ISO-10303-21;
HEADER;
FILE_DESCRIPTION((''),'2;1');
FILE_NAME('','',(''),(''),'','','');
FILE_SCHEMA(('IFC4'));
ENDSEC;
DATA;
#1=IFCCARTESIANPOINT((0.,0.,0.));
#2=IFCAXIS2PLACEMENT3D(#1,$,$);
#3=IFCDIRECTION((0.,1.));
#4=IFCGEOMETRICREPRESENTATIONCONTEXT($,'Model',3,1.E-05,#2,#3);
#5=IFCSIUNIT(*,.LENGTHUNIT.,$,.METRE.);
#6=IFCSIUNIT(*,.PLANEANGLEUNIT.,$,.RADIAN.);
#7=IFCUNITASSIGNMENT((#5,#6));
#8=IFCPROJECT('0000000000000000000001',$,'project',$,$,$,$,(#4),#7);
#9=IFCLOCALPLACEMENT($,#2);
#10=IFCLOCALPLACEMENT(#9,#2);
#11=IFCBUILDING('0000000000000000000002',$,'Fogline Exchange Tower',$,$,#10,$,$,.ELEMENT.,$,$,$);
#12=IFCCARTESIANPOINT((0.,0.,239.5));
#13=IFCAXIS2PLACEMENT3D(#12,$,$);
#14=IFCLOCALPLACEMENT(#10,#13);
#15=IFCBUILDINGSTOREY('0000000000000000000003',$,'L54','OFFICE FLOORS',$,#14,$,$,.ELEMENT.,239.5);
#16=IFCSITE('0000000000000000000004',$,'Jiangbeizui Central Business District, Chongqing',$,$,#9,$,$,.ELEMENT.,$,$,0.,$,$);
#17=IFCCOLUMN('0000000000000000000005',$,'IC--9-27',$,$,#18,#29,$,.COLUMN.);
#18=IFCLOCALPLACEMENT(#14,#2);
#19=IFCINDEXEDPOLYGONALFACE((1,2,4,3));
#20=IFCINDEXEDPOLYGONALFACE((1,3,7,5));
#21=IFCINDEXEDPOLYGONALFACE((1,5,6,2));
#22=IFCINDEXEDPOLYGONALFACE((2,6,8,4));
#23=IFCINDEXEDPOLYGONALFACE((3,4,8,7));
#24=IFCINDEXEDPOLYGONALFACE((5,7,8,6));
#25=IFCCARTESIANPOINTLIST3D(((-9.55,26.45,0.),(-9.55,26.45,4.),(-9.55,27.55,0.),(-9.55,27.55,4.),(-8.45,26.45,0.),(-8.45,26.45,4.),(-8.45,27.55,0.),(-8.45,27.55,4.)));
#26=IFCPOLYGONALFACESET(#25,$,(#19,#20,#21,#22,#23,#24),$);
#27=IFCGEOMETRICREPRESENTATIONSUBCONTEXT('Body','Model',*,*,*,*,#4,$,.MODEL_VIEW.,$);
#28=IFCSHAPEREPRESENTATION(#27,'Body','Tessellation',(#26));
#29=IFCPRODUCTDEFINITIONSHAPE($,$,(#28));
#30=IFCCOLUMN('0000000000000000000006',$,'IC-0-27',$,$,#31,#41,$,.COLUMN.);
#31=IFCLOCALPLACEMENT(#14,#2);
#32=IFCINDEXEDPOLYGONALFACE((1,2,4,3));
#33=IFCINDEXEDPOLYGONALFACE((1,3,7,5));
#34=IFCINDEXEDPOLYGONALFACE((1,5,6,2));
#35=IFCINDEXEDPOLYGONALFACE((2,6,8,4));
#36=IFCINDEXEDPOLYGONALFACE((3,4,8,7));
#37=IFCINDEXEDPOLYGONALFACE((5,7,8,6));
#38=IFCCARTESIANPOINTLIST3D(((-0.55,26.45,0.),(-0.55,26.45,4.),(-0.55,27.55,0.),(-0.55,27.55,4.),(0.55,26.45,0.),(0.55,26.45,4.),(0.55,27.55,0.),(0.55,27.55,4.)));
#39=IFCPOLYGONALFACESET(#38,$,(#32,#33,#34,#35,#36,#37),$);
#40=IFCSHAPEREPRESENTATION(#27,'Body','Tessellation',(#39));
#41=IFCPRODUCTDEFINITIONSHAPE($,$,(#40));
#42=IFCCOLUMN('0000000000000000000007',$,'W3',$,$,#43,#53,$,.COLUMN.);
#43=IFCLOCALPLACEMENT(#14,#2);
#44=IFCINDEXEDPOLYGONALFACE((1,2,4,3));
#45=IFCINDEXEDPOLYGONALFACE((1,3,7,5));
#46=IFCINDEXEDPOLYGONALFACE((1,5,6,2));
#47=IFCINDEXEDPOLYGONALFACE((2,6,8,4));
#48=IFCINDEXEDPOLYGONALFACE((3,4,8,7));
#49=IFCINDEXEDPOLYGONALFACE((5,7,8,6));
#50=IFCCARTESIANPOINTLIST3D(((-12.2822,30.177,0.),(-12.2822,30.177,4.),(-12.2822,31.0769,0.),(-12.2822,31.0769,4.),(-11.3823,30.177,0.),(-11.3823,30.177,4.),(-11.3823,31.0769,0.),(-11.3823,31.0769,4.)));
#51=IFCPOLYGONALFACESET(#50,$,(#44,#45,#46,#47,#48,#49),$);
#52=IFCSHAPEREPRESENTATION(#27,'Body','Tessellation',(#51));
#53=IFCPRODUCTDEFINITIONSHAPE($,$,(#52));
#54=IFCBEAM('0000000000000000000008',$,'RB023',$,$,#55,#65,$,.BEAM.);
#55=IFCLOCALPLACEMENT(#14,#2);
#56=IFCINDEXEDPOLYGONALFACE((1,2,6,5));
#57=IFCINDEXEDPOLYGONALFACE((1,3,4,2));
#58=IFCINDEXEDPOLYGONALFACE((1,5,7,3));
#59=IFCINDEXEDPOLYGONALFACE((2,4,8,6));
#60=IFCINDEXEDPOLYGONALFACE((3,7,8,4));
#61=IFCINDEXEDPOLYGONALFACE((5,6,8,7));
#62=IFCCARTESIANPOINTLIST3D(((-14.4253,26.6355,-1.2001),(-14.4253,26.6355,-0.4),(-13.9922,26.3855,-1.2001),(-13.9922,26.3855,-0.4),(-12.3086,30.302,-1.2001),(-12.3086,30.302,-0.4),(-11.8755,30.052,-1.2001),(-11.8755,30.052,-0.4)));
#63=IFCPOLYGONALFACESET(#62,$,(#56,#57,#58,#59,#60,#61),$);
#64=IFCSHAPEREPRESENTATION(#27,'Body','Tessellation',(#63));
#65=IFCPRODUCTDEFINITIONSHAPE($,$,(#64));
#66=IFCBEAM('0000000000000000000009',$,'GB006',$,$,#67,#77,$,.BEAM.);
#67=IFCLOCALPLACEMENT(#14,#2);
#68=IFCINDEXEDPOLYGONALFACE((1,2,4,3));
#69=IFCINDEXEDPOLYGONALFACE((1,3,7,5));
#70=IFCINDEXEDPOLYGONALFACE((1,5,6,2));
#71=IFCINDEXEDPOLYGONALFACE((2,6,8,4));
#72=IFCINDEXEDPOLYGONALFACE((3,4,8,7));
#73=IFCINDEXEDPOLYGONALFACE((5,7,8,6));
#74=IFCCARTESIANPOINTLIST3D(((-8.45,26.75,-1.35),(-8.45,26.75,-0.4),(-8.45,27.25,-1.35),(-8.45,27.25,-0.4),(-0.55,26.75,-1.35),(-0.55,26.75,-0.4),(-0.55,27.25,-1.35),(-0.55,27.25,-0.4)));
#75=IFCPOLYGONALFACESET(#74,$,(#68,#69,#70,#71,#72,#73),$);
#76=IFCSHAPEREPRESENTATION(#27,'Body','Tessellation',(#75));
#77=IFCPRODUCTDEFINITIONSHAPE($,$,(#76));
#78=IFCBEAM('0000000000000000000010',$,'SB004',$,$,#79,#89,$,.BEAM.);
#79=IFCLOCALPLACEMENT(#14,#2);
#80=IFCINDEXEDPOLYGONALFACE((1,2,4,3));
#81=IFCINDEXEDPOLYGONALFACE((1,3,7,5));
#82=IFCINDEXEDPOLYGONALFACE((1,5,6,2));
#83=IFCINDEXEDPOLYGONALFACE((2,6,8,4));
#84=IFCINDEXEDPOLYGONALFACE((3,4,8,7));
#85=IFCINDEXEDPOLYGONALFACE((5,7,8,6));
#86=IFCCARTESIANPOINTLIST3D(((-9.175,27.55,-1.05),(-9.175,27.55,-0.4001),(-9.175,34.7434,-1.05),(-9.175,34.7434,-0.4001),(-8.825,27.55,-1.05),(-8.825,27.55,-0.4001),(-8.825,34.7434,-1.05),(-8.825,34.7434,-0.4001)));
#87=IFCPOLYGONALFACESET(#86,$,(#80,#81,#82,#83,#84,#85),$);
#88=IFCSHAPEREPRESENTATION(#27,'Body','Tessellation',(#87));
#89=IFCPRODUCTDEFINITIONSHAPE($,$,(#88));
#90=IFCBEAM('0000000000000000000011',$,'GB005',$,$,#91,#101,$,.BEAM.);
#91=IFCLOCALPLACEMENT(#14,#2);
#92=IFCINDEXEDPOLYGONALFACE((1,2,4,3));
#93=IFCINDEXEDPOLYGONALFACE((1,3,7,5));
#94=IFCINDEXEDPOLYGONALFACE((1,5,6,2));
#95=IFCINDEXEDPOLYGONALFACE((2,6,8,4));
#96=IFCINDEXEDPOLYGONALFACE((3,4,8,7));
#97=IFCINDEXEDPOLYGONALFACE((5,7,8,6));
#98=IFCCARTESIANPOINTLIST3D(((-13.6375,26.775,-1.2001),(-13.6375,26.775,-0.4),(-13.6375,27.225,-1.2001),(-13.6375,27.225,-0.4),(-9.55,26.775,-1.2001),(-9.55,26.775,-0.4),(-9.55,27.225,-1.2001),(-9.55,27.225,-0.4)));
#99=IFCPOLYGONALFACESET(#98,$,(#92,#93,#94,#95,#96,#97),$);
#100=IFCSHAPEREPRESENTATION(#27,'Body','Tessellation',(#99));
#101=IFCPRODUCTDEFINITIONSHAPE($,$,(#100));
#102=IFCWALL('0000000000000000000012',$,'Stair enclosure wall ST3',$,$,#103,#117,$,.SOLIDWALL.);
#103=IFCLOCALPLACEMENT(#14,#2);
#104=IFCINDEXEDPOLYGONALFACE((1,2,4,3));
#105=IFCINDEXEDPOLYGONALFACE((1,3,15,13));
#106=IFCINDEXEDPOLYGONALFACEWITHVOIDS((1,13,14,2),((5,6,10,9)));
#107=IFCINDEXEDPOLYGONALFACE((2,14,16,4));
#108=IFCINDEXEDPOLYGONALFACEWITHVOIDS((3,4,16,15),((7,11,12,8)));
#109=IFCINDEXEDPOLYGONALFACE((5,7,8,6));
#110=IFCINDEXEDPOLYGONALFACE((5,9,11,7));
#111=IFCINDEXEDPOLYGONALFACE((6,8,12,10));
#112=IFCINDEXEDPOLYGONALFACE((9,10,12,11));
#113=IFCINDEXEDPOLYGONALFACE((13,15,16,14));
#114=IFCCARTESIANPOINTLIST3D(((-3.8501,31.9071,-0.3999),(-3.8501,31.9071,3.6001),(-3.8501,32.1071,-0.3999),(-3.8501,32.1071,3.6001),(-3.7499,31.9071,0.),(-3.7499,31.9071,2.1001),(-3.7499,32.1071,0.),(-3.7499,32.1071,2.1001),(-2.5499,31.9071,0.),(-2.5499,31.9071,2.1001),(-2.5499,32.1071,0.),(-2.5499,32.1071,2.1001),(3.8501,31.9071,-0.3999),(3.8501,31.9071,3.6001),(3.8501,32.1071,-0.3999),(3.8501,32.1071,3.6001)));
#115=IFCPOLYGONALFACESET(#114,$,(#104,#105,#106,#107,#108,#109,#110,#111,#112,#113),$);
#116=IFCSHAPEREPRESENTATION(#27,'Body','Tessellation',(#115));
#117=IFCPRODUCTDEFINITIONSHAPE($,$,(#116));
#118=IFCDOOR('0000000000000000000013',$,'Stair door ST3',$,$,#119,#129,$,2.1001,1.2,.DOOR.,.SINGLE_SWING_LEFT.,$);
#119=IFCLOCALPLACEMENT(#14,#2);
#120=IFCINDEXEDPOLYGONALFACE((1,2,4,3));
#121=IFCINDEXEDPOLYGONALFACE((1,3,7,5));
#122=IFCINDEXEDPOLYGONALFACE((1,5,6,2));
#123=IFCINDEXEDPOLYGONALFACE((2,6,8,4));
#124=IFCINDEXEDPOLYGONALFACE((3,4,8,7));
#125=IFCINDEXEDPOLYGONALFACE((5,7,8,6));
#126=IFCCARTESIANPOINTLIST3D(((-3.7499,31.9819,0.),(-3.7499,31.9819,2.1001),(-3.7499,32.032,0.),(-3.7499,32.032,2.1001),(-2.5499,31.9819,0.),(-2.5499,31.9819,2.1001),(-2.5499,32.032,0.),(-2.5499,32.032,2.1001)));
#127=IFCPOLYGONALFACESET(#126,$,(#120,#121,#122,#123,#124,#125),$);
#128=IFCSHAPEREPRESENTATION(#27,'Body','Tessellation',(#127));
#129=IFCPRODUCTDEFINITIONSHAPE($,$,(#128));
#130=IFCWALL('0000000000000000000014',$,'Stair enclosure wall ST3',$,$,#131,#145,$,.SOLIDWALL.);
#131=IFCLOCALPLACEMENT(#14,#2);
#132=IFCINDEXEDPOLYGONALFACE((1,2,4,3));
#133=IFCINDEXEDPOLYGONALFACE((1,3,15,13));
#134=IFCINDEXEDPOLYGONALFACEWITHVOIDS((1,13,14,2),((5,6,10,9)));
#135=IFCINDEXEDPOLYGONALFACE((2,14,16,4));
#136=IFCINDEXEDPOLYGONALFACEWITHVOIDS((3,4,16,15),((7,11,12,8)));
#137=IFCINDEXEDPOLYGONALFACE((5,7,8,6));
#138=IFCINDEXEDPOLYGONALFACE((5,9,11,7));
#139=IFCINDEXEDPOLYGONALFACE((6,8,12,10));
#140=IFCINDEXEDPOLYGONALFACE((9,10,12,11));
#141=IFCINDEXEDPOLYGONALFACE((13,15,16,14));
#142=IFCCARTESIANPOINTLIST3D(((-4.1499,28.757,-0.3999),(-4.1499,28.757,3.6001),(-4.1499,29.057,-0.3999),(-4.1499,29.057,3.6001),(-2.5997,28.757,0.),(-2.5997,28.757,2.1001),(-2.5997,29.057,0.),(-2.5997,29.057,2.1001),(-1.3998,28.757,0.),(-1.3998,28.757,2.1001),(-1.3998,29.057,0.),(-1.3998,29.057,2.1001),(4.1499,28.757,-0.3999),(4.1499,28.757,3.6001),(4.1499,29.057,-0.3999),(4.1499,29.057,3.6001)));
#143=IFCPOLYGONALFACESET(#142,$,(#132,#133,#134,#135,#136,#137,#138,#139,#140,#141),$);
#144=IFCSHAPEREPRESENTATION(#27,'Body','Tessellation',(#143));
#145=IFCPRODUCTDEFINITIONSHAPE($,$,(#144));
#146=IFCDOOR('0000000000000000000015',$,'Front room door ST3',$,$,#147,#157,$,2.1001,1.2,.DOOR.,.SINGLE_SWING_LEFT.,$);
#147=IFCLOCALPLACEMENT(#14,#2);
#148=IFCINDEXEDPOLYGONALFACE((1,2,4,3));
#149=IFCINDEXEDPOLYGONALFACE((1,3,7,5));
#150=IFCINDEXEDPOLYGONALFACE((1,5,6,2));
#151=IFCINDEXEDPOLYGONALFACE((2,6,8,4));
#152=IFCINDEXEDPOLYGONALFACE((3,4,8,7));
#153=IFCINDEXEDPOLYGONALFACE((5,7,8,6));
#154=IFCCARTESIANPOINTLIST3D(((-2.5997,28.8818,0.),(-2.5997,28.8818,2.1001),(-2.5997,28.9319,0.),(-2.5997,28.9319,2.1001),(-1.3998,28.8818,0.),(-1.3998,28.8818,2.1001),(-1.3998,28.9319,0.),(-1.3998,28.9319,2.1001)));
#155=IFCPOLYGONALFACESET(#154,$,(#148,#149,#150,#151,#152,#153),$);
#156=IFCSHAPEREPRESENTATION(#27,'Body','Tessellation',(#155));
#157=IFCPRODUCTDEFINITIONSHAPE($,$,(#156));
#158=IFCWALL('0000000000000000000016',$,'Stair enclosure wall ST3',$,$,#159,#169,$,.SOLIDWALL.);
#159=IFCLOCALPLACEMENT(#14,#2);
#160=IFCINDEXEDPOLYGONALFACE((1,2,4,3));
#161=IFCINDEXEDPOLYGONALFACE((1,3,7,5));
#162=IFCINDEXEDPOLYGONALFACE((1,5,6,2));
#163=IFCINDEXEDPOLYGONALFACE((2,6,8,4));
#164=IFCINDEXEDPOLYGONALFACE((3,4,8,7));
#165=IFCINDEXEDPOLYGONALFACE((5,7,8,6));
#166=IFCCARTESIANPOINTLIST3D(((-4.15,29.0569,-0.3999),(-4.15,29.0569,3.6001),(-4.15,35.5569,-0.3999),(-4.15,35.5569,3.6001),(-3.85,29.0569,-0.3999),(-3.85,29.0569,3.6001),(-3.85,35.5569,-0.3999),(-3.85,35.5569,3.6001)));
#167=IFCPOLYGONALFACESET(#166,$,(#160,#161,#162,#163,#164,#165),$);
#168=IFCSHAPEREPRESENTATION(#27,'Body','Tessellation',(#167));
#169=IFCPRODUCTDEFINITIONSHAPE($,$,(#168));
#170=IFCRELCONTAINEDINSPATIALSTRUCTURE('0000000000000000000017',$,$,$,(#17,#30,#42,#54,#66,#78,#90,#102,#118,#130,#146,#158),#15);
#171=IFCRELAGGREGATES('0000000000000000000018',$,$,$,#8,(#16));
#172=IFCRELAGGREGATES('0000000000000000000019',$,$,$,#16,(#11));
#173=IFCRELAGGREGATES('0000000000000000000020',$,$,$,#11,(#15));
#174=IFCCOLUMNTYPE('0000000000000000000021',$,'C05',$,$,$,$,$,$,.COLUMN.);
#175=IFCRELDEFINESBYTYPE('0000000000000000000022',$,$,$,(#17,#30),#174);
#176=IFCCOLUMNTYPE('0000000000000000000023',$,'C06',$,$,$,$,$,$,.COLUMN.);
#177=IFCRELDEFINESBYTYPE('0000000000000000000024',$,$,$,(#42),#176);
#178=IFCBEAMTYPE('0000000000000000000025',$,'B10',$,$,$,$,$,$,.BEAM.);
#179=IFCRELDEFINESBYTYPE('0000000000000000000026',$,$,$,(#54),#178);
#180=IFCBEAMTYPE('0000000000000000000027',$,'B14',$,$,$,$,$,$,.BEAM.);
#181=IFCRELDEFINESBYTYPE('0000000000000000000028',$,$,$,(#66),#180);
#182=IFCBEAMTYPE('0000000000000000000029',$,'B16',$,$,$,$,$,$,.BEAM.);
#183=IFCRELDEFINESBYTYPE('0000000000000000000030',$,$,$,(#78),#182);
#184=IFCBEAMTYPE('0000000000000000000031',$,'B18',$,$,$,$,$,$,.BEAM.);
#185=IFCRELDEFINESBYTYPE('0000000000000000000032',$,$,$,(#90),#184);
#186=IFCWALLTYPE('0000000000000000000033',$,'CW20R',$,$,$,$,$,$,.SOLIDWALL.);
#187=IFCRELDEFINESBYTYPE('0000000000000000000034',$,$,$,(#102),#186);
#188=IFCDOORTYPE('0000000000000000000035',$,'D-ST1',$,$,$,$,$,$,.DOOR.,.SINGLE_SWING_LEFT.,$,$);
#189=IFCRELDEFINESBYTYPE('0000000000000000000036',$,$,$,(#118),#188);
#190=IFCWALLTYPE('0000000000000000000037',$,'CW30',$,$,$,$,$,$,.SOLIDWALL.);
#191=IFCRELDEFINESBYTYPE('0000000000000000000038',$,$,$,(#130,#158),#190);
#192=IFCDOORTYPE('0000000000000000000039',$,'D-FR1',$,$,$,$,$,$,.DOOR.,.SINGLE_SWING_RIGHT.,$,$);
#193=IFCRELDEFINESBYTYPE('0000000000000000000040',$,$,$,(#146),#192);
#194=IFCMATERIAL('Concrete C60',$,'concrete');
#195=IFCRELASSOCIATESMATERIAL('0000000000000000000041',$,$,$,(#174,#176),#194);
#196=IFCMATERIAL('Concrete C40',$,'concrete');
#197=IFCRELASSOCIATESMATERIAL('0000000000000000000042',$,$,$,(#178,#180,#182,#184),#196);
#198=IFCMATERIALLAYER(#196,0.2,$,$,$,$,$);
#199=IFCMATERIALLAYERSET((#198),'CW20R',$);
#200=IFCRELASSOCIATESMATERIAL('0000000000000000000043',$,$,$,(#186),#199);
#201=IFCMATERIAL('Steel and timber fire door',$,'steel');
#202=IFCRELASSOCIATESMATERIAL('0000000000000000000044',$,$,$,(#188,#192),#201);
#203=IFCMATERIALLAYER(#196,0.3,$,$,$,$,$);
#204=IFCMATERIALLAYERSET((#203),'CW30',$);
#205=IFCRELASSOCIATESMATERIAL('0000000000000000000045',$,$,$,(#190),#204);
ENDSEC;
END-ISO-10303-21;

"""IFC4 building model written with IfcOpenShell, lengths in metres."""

from ifc_helpers import new_model, si_unit, direction, frame, frame_2d, origin, origin_2d, place, context, subcontext, project, spatial, rectangle, extrude, material, layer, layer_set, material_profile, profile_set, type_object, element, fill, save


model = new_model("IFC4")

# Units and contexts
model_context = context("Model", 3, precision=1e-05, world=origin(), true_north=direction((0.0, 1.0)))
body_context = subcontext(model_context, "Body", "Model", "MODEL_VIEW")
ifc_project = project(units=[si_unit("LENGTHUNIT", "METRE"), si_unit("PLANEANGLEUNIT", "RADIAN")], contexts=[model_context])

# Site, building, storey
site_placement = place(None, origin())
site = spatial("IfcSite", under=ifc_project, at=site_placement, Name="Jiangbeizui Central Business District, Chongqing", CompositionType="ELEMENT", RefElevation=0.0)
building_placement = place(site_placement, origin())
building = spatial("IfcBuilding", under=site, at=building_placement, Name="Fogline Exchange Tower", CompositionType="ELEMENT")
storey_placement = place(building_placement, frame((0.0, 0.0, 239.5)))
storey = spatial("IfcBuildingStorey", under=building, at=storey_placement, Name="L54", Description="OFFICE FLOORS", CompositionType="ELEMENT", Elevation=239.5)

# Columns
ifc_material_1 = material(Name="Concrete C60", Category="concrete")
ifc_material_profile_1 = material_profile(ifc_material_1, rectangle(XDim=1.1001, YDim=1.1001, at=origin_2d()), Name="RC 1100x1100")
ifc_profile_set_1 = profile_set([ifc_material_profile_1], Name="Concrete C60")
column_type_1 = type_object("IfcColumnType", Name="C05", PredefinedType="COLUMN", material=ifc_profile_set_1)
for number, where, z_axis, x_axis, name in (
    (1, (-9.0, 27.0, 0.0), (0.0, 0.0, 1.0), (1.0, 0.0, 0.0), "IC--9-27"),
    (2, (0.0, 27.0, 0.0), (0.0, 0.0, 1.0), (1.0, 0.0, 0.0), "IC-0-27"),
):
    element("IfcColumn", number, at=place(storey_placement, frame(where, z_axis=z_axis, x_axis=x_axis)), inside=storey, type_object=column_type_1, Name=name, PredefinedType="COLUMN", context=body_context, shape_type="SweptSolid", body=[
        extrude(rectangle(XDim=1.1001, YDim=1.1001, at=origin_2d()), origin(), (0.0, 0.0, 1.0), 4.0),
    ])
ifc_material_profile_2 = material_profile(ifc_material_1, rectangle(XDim=0.8999, YDim=0.8999, at=origin_2d()), Name="RC 900x900")
ifc_profile_set_2 = profile_set([ifc_material_profile_2], Name="Concrete C60")
column_type_2 = type_object("IfcColumnType", Name="C06", PredefinedType="COLUMN", material=ifc_profile_set_2)
column_placement = place(storey_placement, frame((-11.8323, 30.627, 0.0), z_axis=(0.0, 0.0, 1.0), x_axis=(1.0, 0.0, 0.0)))
element("IfcColumn", 3, at=column_placement, inside=storey, type_object=column_type_2, Name="W3", PredefinedType="COLUMN", context=body_context, shape_type="SweptSolid", body=[
    extrude(rectangle(XDim=0.8999, YDim=0.8999, at=origin_2d()), origin(), (0.0, 0.0, 1.0), 4.0),
])

# Beams
ifc_material_2 = material(Name="Concrete C40", Category="concrete")
ifc_material_profile_3 = material_profile(ifc_material_2, rectangle(XDim=0.5, YDim=0.8, at=origin_2d()), Name="RC 500x800")
ifc_profile_set_3 = profile_set([ifc_material_profile_3], Name="Concrete C40")
beam_type_1 = type_object("IfcBeamType", Name="B10", PredefinedType="BEAM", material=ifc_profile_set_3)
beam_1_placement = place(storey_placement, frame((-12.092, 30.177, -0.8), z_axis=(-0.499972, -0.866042, 0.0), x_axis=(0.866042, -0.499972, 0.0)))
element("IfcBeam", 4, at=beam_1_placement, inside=storey, type_object=beam_type_1, Name="RB023", PredefinedType="BEAM", context=body_context, shape_type="SweptSolid", body=[
    extrude(rectangle(XDim=0.5, YDim=0.8, at=origin_2d()), origin(), (0.0, 0.0, 1.0), 4.2336),
])
ifc_material_profile_4 = material_profile(ifc_material_2, rectangle(XDim=0.5, YDim=0.95, at=origin_2d()), Name="RC 500x950")
ifc_profile_set_4 = profile_set([ifc_material_profile_4], Name="Concrete C40")
beam_type_2 = type_object("IfcBeamType", Name="B14", PredefinedType="BEAM", material=ifc_profile_set_4)
beam_2_placement = place(storey_placement, frame((-8.45, 27.0, -0.875), z_axis=(1.0, 0.0, 0.0), x_axis=(0.0, 1.0, 0.0)))
element("IfcBeam", 5, at=beam_2_placement, inside=storey, type_object=beam_type_2, Name="GB006", PredefinedType="BEAM", context=body_context, shape_type="SweptSolid", body=[
    extrude(rectangle(XDim=0.5, YDim=0.95, at=origin_2d()), origin(), (0.0, 0.0, 1.0), 7.8999),
])
ifc_material_profile_5 = material_profile(ifc_material_2, rectangle(XDim=0.3501, YDim=0.6499, at=origin_2d()), Name="RC 350x650")
ifc_profile_set_5 = profile_set([ifc_material_profile_5], Name="Concrete C40")
beam_type_3 = type_object("IfcBeamType", Name="B16", PredefinedType="BEAM", material=ifc_profile_set_5)
beam_3_placement = place(storey_placement, frame((-9.0, 27.55, -0.7251), z_axis=(0.0, 1.0, 0.0), x_axis=(-1.0, 0.0, 0.0)))
element("IfcBeam", 6, at=beam_3_placement, inside=storey, type_object=beam_type_3, Name="SB004", PredefinedType="BEAM", context=body_context, shape_type="SweptSolid", body=[
    extrude(rectangle(XDim=0.3501, YDim=0.6499, at=origin_2d()), origin(), (0.0, 0.0, 1.0), 7.1934),
])
ifc_material_profile_6 = material_profile(ifc_material_2, rectangle(XDim=0.45, YDim=0.8, at=origin_2d()), Name="RC 450x800")
ifc_profile_set_6 = profile_set([ifc_material_profile_6], Name="Concrete C40")
beam_type_4 = type_object("IfcBeamType", Name="B18", PredefinedType="BEAM", material=ifc_profile_set_6)
beam_4_placement = place(storey_placement, frame((-13.6375, 27.0, -0.8), z_axis=(1.0, 0.0, 0.0), x_axis=(0.0, 1.0, 0.0)))
element("IfcBeam", 7, at=beam_4_placement, inside=storey, type_object=beam_type_4, Name="GB005", PredefinedType="BEAM", context=body_context, shape_type="SweptSolid", body=[
    extrude(rectangle(XDim=0.45, YDim=0.8, at=origin_2d()), origin(), (0.0, 0.0, 1.0), 4.0874),
])

# Walls, openings, doors
ifc_layer_1 = layer(ifc_material_2, 0.2)
ifc_layer_set_1 = layer_set([ifc_layer_1], Name="CW20R")
wall_type_1 = type_object("IfcWallType", Name="CW20R", PredefinedType="SOLIDWALL", material=ifc_layer_set_1)
wall_1_placement = place(storey_placement, frame((-3.8501, 32.0071, -0.3999), z_axis=(0.0, 0.0, 1.0), x_axis=(1.0, 0.0, 0.0)))
wall_1 = element("IfcWall", 8, at=wall_1_placement, inside=storey, type_object=wall_type_1, Name="Stair enclosure wall ST3", PredefinedType="SOLIDWALL", context=body_context, shape_type="SweptSolid", body=[
    extrude(rectangle(XDim=7.7002, YDim=0.2, at=frame_2d((3.8501, 0.0))), origin(), (0.0, 0.0, 1.0), 4.0),
])
opening_1_placement = place(wall_1_placement, frame((0.1001, 0.0, 0.3999)))
opening_1 = element("IfcOpeningElement", 9, at=opening_1_placement, cuts=wall_1, PredefinedType="OPENING", context=body_context, shape_type="SweptSolid", body=[
    extrude(rectangle(XDim=1.2, YDim=2.1001, at=frame_2d((0.6001, 1.05))), frame((0.0, 0.1099, 0.0), z_axis=(0.0, -1.0, 0.0), x_axis=(1.0, 0.0, 0.0)), (0.0, 0.0, 1.0), 0.22),
])
ifc_material_3 = material(Name="Steel and timber fire door", Category="steel")
door_type_1 = type_object("IfcDoorType", Name="D-ST1", OperationType="SINGLE_SWING_LEFT", PredefinedType="DOOR", material=ifc_material_3)
door_1_placement = place(opening_1_placement, origin())
door_1 = element("IfcDoor", 10, at=door_1_placement, inside=storey, type_object=door_type_1, Name="Stair door ST3", OperationType="SINGLE_SWING_LEFT", OverallHeight=2.1001, OverallWidth=1.2, PredefinedType="DOOR", context=body_context, shape_type="SweptSolid", body=[
    extrude(rectangle(XDim=1.2, YDim=2.1001, at=frame_2d((0.6001, 1.05))), frame((0.0, 0.0249, 0.0), z_axis=(0.0, -1.0, 0.0), x_axis=(1.0, 0.0, 0.0)), (0.0, 0.0, 1.0), 0.05),
])
fill(opening_1, door_1)
ifc_layer_2 = layer(ifc_material_2, 0.3)
ifc_layer_set_2 = layer_set([ifc_layer_2], Name="CW30")
wall_type_2 = type_object("IfcWallType", Name="CW30", PredefinedType="SOLIDWALL", material=ifc_layer_set_2)
wall_2_placement = place(storey_placement, frame((-4.1499, 28.907, -0.3999), z_axis=(0.0, 0.0, 1.0), x_axis=(1.0, 0.0, 0.0)))
wall_2 = element("IfcWall", 11, at=wall_2_placement, inside=storey, type_object=wall_type_2, Name="Stair enclosure wall ST3", PredefinedType="SOLIDWALL", context=body_context, shape_type="SweptSolid", body=[
    extrude(rectangle(XDim=8.2998, YDim=0.3, at=frame_2d((4.1499, 0.0))), origin(), (0.0, 0.0, 1.0), 4.0),
])
opening_2_placement = place(wall_2_placement, frame((1.55, 0.0, 0.3999)))
opening_2 = element("IfcOpeningElement", 12, at=opening_2_placement, cuts=wall_2, PredefinedType="OPENING", context=body_context, shape_type="SweptSolid", body=[
    extrude(rectangle(XDim=1.2, YDim=2.1001, at=frame_2d((0.6001, 1.05))), frame((0.0, 0.1602, 0.0), z_axis=(0.0, -1.0, 0.0), x_axis=(1.0, 0.0, 0.0)), (0.0, 0.0, 1.0), 0.3201),
])
door_type_2 = type_object("IfcDoorType", Name="D-FR1", OperationType="SINGLE_SWING_RIGHT", PredefinedType="DOOR", material=ifc_material_3)
door_2_placement = place(opening_2_placement, origin())
door_2 = element("IfcDoor", 13, at=door_2_placement, inside=storey, type_object=door_type_2, Name="Front room door ST3", OperationType="SINGLE_SWING_LEFT", OverallHeight=2.1001, OverallWidth=1.2, PredefinedType="DOOR", context=body_context, shape_type="SweptSolid", body=[
    extrude(rectangle(XDim=1.2, YDim=2.1001, at=frame_2d((0.6001, 1.05))), frame((0.0, 0.0249, 0.0), z_axis=(0.0, -1.0, 0.0), x_axis=(1.0, 0.0, 0.0)), (0.0, 0.0, 1.0), 0.05),
])
fill(opening_2, door_2)

# Wall
wall_3_placement = place(storey_placement, frame((-4.0, 29.0569, -0.3999), z_axis=(0.0, 0.0, 1.0), x_axis=(0.0, 1.0, 0.0)))
element("IfcWall", 14, at=wall_3_placement, inside=storey, type_object=wall_type_2, Name="Stair enclosure wall ST3", PredefinedType="SOLIDWALL", context=body_context, shape_type="SweptSolid", body=[
    extrude(rectangle(XDim=6.5, YDim=0.3, at=frame_2d((3.25, 0.0))), origin(), (0.0, 0.0, 1.0), 4.0),
])

save(model, "model.ifc")
